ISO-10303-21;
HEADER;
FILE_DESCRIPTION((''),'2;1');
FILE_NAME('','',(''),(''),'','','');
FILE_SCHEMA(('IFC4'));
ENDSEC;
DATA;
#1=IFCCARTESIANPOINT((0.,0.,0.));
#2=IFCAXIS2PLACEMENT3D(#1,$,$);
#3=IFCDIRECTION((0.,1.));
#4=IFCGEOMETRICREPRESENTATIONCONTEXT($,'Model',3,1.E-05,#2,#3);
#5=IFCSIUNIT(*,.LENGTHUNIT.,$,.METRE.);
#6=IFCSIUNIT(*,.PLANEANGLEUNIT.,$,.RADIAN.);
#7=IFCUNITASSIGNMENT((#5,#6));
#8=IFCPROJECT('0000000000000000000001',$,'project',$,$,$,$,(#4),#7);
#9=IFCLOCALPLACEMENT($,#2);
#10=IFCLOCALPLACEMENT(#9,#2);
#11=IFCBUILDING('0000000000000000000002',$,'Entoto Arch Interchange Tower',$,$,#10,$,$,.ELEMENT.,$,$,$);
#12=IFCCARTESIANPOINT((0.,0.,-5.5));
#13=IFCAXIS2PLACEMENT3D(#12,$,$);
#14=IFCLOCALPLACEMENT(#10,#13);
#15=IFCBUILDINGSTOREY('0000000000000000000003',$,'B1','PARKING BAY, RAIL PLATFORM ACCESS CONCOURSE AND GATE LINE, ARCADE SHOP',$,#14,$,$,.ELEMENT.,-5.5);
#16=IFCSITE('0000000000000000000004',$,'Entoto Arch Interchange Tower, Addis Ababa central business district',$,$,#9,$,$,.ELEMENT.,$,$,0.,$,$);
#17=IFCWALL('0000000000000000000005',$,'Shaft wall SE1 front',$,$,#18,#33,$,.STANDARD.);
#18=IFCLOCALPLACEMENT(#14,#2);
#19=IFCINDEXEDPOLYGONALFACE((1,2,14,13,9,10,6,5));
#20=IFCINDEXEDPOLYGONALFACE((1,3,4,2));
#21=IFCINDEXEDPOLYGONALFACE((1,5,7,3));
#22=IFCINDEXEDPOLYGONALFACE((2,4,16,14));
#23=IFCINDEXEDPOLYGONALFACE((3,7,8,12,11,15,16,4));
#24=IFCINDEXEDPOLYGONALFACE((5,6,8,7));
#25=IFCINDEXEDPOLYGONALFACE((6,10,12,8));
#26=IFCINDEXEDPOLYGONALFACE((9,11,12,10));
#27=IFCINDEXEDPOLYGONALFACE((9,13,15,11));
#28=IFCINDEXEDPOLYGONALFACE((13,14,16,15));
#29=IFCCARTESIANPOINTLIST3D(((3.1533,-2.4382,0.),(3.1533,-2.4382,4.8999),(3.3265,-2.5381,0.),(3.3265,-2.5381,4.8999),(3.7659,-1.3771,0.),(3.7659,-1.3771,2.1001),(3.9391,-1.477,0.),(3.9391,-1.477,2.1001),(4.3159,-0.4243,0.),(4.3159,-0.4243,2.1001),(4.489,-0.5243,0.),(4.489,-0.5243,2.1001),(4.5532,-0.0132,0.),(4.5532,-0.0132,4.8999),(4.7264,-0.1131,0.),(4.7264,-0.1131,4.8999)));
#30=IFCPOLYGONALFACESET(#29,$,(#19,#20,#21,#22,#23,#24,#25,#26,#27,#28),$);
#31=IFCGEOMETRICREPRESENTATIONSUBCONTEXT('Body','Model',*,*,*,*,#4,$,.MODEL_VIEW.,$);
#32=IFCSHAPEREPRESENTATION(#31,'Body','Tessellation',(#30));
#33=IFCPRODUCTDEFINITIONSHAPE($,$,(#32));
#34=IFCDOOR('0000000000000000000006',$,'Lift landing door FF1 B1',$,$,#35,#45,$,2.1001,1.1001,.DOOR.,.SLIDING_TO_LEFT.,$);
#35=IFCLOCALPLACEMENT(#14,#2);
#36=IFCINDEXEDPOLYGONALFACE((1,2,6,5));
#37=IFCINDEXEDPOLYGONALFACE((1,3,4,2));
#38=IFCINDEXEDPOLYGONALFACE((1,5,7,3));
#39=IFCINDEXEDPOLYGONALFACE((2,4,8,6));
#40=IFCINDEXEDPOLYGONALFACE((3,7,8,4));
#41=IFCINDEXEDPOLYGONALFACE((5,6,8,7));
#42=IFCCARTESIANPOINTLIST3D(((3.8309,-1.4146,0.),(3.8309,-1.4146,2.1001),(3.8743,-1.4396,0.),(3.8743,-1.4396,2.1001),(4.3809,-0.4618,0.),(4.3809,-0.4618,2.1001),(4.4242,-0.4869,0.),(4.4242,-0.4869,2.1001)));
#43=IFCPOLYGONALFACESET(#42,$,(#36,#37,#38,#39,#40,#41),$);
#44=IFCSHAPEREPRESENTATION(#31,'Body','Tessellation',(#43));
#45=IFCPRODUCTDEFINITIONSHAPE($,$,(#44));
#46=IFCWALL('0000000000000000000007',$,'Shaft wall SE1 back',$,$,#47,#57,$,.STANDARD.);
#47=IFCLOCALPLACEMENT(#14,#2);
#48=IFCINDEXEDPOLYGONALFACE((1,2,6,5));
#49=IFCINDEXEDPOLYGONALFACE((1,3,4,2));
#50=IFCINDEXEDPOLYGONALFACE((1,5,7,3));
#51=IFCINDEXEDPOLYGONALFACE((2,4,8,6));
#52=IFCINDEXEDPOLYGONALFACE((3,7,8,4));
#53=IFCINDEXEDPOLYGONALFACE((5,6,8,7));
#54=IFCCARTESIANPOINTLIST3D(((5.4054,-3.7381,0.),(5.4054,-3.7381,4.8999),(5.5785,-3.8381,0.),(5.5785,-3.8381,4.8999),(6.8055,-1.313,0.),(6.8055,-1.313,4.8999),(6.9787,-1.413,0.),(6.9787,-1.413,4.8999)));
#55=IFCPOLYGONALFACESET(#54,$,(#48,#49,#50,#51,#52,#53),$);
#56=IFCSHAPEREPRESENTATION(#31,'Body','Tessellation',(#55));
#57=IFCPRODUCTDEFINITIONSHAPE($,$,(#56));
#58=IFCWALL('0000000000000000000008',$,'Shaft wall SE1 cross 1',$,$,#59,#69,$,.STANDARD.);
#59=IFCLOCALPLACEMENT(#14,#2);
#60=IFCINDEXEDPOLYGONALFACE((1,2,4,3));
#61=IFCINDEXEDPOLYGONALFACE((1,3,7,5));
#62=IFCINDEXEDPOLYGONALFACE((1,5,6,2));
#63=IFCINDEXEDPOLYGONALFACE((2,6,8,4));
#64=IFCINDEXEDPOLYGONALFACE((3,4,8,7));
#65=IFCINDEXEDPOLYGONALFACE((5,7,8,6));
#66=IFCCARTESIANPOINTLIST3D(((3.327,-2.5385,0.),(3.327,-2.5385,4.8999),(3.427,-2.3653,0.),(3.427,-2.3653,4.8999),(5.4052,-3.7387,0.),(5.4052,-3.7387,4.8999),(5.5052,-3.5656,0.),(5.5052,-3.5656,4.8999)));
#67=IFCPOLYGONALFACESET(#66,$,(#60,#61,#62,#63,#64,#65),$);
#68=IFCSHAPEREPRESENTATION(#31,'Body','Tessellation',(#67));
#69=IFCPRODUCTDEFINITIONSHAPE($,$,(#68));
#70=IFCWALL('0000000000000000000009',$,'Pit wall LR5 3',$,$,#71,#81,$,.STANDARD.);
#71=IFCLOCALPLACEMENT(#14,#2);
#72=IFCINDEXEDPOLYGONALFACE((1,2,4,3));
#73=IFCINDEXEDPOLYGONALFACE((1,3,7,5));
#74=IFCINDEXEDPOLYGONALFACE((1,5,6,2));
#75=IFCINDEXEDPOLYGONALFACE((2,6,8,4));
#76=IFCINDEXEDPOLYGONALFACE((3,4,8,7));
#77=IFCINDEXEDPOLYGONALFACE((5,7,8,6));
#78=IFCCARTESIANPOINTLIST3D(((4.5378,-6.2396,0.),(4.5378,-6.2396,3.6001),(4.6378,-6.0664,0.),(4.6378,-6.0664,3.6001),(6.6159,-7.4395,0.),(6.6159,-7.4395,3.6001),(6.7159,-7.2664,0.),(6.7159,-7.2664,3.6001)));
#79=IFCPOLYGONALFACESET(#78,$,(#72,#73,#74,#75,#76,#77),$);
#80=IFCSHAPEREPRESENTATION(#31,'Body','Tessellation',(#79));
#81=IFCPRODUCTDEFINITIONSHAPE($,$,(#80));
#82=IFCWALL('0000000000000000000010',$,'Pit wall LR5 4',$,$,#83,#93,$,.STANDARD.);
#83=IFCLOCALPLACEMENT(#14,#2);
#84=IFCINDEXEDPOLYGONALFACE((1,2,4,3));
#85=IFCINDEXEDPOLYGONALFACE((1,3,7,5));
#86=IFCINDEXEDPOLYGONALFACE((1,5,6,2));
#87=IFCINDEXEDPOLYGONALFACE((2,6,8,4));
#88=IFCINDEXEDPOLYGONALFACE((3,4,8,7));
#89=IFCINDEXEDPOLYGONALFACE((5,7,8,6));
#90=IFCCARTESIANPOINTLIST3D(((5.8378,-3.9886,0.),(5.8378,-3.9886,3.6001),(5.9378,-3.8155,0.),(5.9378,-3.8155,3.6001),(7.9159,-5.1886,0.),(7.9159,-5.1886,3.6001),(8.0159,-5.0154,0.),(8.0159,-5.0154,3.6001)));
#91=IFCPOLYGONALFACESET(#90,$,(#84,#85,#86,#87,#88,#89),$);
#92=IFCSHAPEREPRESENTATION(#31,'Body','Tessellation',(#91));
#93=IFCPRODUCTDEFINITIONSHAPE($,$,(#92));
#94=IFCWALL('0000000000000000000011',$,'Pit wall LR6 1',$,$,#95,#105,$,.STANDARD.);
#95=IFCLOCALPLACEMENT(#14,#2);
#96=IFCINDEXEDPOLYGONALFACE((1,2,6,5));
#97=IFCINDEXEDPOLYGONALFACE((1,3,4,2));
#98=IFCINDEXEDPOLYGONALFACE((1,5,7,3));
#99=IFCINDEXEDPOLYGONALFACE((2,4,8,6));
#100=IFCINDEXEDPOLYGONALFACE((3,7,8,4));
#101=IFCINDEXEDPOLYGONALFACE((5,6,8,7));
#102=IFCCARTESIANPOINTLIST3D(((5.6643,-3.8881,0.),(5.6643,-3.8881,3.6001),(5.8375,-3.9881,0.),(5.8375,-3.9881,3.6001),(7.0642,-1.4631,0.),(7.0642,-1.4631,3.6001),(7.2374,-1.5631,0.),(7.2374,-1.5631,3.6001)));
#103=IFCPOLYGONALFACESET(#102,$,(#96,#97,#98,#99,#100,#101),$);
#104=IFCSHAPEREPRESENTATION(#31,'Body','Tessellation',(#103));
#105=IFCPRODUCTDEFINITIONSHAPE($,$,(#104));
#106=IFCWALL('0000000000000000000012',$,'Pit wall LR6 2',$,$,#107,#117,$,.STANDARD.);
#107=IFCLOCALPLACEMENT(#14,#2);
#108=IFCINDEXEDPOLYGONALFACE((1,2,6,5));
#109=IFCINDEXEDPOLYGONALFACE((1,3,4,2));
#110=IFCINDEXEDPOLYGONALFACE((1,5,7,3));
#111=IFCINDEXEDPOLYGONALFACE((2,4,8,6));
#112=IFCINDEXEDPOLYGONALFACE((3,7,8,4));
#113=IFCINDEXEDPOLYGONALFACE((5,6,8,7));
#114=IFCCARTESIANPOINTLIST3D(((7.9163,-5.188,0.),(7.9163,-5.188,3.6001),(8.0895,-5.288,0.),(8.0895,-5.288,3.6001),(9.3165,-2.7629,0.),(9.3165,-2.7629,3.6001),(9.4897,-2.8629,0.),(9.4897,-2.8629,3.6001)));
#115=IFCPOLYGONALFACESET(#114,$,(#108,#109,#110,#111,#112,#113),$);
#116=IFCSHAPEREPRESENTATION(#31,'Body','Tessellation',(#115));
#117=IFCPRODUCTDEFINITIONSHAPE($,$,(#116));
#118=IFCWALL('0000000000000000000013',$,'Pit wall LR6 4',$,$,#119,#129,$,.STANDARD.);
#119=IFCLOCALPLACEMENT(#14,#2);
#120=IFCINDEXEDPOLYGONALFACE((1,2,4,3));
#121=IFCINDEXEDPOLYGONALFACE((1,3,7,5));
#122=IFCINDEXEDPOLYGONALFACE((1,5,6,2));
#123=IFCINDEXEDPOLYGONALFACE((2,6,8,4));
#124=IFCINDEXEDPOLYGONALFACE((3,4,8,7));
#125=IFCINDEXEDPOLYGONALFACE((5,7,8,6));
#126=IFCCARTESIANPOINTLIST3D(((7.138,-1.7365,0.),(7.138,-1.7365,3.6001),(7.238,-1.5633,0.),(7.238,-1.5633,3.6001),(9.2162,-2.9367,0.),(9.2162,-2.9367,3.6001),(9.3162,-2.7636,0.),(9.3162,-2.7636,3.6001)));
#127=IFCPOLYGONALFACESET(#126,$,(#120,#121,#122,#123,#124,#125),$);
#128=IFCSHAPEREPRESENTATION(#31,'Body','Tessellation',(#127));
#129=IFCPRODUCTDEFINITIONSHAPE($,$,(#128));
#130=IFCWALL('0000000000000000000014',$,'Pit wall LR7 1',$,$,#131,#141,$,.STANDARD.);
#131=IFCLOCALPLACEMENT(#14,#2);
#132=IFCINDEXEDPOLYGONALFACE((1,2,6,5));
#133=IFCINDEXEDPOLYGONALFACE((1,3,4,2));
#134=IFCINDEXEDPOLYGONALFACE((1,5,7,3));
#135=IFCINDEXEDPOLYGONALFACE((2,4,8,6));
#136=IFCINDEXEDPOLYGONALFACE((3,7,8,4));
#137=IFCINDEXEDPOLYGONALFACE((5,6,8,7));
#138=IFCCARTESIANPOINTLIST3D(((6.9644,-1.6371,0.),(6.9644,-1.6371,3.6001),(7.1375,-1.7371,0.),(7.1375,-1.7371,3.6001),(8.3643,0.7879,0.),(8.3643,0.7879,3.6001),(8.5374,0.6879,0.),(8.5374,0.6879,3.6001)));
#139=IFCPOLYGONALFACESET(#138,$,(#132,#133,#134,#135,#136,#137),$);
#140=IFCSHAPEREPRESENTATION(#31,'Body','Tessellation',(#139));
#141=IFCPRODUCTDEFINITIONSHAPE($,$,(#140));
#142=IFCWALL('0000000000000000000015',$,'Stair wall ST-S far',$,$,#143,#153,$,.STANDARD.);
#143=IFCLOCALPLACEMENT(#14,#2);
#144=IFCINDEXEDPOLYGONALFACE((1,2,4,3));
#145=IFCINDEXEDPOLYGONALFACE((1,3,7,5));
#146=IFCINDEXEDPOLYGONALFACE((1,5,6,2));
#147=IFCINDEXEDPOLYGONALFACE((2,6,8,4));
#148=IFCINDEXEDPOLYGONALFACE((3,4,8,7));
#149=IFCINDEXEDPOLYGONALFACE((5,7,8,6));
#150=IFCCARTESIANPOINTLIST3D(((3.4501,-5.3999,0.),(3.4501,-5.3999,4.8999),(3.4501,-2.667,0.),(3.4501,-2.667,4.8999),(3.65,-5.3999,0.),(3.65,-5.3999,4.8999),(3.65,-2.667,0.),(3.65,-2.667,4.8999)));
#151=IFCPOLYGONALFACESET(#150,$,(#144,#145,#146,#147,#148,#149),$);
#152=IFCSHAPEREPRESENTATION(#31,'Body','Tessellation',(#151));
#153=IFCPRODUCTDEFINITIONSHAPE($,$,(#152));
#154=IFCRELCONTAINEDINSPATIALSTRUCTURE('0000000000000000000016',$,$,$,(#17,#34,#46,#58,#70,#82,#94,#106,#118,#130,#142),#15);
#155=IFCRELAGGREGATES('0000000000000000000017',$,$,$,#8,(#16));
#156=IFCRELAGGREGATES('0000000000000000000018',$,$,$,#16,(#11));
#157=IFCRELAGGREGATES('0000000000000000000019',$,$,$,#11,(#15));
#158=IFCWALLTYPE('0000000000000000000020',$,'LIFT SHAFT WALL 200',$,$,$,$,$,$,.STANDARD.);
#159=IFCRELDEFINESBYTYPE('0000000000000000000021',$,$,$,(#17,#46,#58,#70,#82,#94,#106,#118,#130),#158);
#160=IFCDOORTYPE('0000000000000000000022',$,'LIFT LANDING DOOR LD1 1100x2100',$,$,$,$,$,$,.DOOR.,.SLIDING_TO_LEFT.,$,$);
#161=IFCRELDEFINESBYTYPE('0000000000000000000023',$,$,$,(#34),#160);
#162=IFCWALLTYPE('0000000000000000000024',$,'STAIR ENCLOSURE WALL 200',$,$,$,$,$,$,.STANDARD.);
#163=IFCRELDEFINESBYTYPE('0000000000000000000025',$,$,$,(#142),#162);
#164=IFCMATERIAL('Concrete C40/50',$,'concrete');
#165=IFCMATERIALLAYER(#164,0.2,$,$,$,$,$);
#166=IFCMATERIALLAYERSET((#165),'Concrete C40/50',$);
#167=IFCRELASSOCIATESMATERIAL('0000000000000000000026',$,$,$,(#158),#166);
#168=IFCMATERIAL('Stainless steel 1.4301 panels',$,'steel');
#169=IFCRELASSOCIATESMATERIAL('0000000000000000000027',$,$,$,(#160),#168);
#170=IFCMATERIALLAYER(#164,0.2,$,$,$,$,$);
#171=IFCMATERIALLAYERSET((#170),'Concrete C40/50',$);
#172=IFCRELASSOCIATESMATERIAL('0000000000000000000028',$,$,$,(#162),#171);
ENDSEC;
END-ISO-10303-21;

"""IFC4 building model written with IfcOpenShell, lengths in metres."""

from ifc_helpers import new_model, si_unit, direction, frame, frame_2d, origin, place, context, subcontext, project, spatial, rectangle, extrude, material, layer, layer_set, type_object, element, fill, save


model = new_model("IFC4")

# Units and contexts
model_context = context("Model", 3, precision=1e-05, world=origin(), true_north=direction((0.0, 1.0)))
body_context = subcontext(model_context, "Body", "Model", "MODEL_VIEW")
ifc_project = project(units=[si_unit("LENGTHUNIT", "METRE"), si_unit("PLANEANGLEUNIT", "RADIAN")], contexts=[model_context])

# Site, building, storey
site_placement = place(None, origin())
site = spatial("IfcSite", under=ifc_project, at=site_placement, Name="Entoto Arch Interchange Tower, Addis Ababa central business district", CompositionType="ELEMENT", RefElevation=0.0)
building_placement = place(site_placement, origin())
building = spatial("IfcBuilding", under=site, at=building_placement, Name="Entoto Arch Interchange Tower", CompositionType="ELEMENT")
storey_placement = place(building_placement, frame((0.0, 0.0, -5.5)))
storey = spatial("IfcBuildingStorey", under=building, at=storey_placement, Name="B1", Description="PARKING BAY, RAIL PLATFORM ACCESS CONCOURSE AND GATE LINE, ARCADE SHOP", CompositionType="ELEMENT", Elevation=-5.5)

# Wall, opening, door
ifc_material_1 = material(Name="Concrete C40/50", Category="concrete")
ifc_layer_1 = layer(ifc_material_1, 0.2)
ifc_layer_set_1 = layer_set([ifc_layer_1], Name="Concrete C40/50")
wall_type_1 = type_object("IfcWallType", Name="LIFT SHAFT WALL 200", PredefinedType="STANDARD", material=ifc_layer_set_1)
wall_1_placement = place(storey_placement, frame((3.24, -2.488, 0.0), z_axis=(0.0, 0.0, 1.0), x_axis=(0.499946, 0.866056, 0.0)))
wall_1 = element("IfcWall", 1, at=wall_1_placement, inside=storey, type_object=wall_type_1, Name="Shaft wall SE1 front", PredefinedType="STANDARD", context=body_context, shape_type="SweptSolid", body=[
    extrude(rectangle(XDim=2.8, YDim=0.2, at=frame_2d((1.3999, 0.0))), origin(), (0.0, 0.0, 1.0), 4.8999),
])
opening_placement = place(wall_1_placement, frame((1.2251, 0.0, 0.0)))
opening = element("IfcOpeningElement", 2, at=opening_placement, cuts=wall_1, PredefinedType="OPENING", context=body_context, shape_type="SweptSolid", body=[
    extrude(rectangle(XDim=1.1001, YDim=2.1001, at=frame_2d((0.55, 1.05))), frame((0.0, 0.1099, 0.0), z_axis=(0.0, -1.0, 0.0), x_axis=(1.0, 0.0, 0.0)), (0.0, 0.0, 1.0), 0.22),
])
ifc_material_2 = material(Name="Stainless steel 1.4301 panels", Category="steel")
door_type = type_object("IfcDoorType", Name="LIFT LANDING DOOR LD1 1100x2100", OperationType="SLIDING_TO_LEFT", PredefinedType="DOOR", material=ifc_material_2)
door_placement = place(opening_placement, origin())
door = element("IfcDoor", 3, at=door_placement, inside=storey, type_object=door_type, Name="Lift landing door FF1 B1", OperationType="SLIDING_TO_LEFT", OverallHeight=2.1001, OverallWidth=1.1001, PredefinedType="DOOR", context=body_context, shape_type="SweptSolid", body=[
    extrude(rectangle(XDim=1.1001, YDim=2.1001, at=frame_2d((0.55, 1.05))), frame((0.0, 0.0249, 0.0), z_axis=(0.0, -1.0, 0.0), x_axis=(1.0, 0.0, 0.0)), (0.0, 0.0, 1.0), 0.05),
])
fill(opening, door)

# Walls
wall_2_placement = place(storey_placement, frame((5.4919, -3.7881, 0.0), z_axis=(0.0, 0.0, 1.0), x_axis=(0.500012, 0.866019, 0.0)))
element("IfcWall", 4, at=wall_2_placement, inside=storey, type_object=wall_type_1, Name="Shaft wall SE1 back", PredefinedType="STANDARD", context=body_context, shape_type="SweptSolid", body=[
    extrude(rectangle(XDim=2.8003, YDim=0.2, at=frame_2d((1.4001, 0.0))), origin(), (0.0, 0.0, 1.0), 4.8999),
])
wall_3_placement = place(storey_placement, frame((3.377, -2.4519, 0.0), z_axis=(0.0, 0.0, 1.0), x_axis=(0.865955, -0.500122, 0.0)))
element("IfcWall", 5, at=wall_3_placement, inside=storey, type_object=wall_type_1, Name="Shaft wall SE1 cross 1", PredefinedType="STANDARD", context=body_context, shape_type="SweptSolid", body=[
    extrude(rectangle(XDim=2.3999, YDim=0.2, at=frame_2d((1.2, 0.0))), origin(), (0.0, 0.0, 1.0), 4.8999),
])
for number, where, z_axis, x_axis, name in (
    (6, (4.5879, -6.1531, 0.0), (0.0, 0.0, 1.0), (0.865999, -0.500045, 0.0), "Pit wall LR5 3"),
    (7, (5.8879, -3.9021, 0.0), (0.0, 0.0, 1.0), (0.865999, -0.500045, 0.0), "Pit wall LR5 4"),
):
    element("IfcWall", number, at=place(storey_placement, frame(where, z_axis=z_axis, x_axis=x_axis)), inside=storey, type_object=wall_type_1, Name=name, PredefinedType="STANDARD", context=body_context, shape_type="SweptSolid", body=[
        extrude(rectangle(XDim=2.3997, YDim=0.2, at=frame_2d((1.1997, 0.0))), origin(), (0.0, 0.0, 1.0), 3.6001),
    ])
wall_4_placement = place(storey_placement, frame((5.751, -3.938, 0.0), z_axis=(0.0, 0.0, 1.0), x_axis=(0.499946, 0.866056, 0.0)))
element("IfcWall", 8, at=wall_4_placement, inside=storey, type_object=wall_type_1, Name="Pit wall LR6 1", PredefinedType="STANDARD", context=body_context, shape_type="SweptSolid", body=[
    extrude(rectangle(XDim=2.8, YDim=0.2, at=frame_2d((1.3999, 0.0))), origin(), (0.0, 0.0, 1.0), 3.6001),
])
wall_5_placement = place(storey_placement, frame((8.0029, -5.238, 0.0), z_axis=(0.0, 0.0, 1.0), x_axis=(0.500012, 0.866019, 0.0)))
element("IfcWall", 9, at=wall_5_placement, inside=storey, type_object=wall_type_1, Name="Pit wall LR6 2", PredefinedType="STANDARD", context=body_context, shape_type="SweptSolid", body=[
    extrude(rectangle(XDim=2.8003, YDim=0.2, at=frame_2d((1.4001, 0.0))), origin(), (0.0, 0.0, 1.0), 3.6001),
])
wall_6_placement = place(storey_placement, frame((7.188, -1.6499, 0.0), z_axis=(0.0, 0.0, 1.0), x_axis=(0.865955, -0.500122, 0.0)))
element("IfcWall", 10, at=wall_6_placement, inside=storey, type_object=wall_type_1, Name="Pit wall LR6 4", PredefinedType="STANDARD", context=body_context, shape_type="SweptSolid", body=[
    extrude(rectangle(XDim=2.3999, YDim=0.2, at=frame_2d((1.2, 0.0))), origin(), (0.0, 0.0, 1.0), 3.6001),
])
wall_7_placement = place(storey_placement, frame((7.051, -1.687, 0.0), z_axis=(0.0, 0.0, 1.0), x_axis=(0.499946, 0.866056, 0.0)))
element("IfcWall", 11, at=wall_7_placement, inside=storey, type_object=wall_type_1, Name="Pit wall LR7 1", PredefinedType="STANDARD", context=body_context, shape_type="SweptSolid", body=[
    extrude(rectangle(XDim=2.8, YDim=0.2, at=frame_2d((1.3999, 0.0))), origin(), (0.0, 0.0, 1.0), 3.6001),
])
ifc_layer_2 = layer(ifc_material_1, 0.2)
ifc_layer_set_2 = layer_set([ifc_layer_2], Name="Concrete C40/50")
wall_type_2 = type_object("IfcWallType", Name="STAIR ENCLOSURE WALL 200", PredefinedType="STANDARD", material=ifc_layer_set_2)
wall_8_placement = place(storey_placement, frame((3.55, -2.667, 0.0), z_axis=(0.0, 0.0, 1.0), x_axis=(0.0, -1.0, 0.0)))
element("IfcWall", 12, at=wall_8_placement, inside=storey, type_object=wall_type_2, Name="Stair wall ST-S far", PredefinedType="STANDARD", context=body_context, shape_type="SweptSolid", body=[
    extrude(rectangle(XDim=2.7329, YDim=0.2, at=frame_2d((1.3665, 0.0))), origin(), (0.0, 0.0, 1.0), 4.8999),
])

save(model, "model.ifc")
